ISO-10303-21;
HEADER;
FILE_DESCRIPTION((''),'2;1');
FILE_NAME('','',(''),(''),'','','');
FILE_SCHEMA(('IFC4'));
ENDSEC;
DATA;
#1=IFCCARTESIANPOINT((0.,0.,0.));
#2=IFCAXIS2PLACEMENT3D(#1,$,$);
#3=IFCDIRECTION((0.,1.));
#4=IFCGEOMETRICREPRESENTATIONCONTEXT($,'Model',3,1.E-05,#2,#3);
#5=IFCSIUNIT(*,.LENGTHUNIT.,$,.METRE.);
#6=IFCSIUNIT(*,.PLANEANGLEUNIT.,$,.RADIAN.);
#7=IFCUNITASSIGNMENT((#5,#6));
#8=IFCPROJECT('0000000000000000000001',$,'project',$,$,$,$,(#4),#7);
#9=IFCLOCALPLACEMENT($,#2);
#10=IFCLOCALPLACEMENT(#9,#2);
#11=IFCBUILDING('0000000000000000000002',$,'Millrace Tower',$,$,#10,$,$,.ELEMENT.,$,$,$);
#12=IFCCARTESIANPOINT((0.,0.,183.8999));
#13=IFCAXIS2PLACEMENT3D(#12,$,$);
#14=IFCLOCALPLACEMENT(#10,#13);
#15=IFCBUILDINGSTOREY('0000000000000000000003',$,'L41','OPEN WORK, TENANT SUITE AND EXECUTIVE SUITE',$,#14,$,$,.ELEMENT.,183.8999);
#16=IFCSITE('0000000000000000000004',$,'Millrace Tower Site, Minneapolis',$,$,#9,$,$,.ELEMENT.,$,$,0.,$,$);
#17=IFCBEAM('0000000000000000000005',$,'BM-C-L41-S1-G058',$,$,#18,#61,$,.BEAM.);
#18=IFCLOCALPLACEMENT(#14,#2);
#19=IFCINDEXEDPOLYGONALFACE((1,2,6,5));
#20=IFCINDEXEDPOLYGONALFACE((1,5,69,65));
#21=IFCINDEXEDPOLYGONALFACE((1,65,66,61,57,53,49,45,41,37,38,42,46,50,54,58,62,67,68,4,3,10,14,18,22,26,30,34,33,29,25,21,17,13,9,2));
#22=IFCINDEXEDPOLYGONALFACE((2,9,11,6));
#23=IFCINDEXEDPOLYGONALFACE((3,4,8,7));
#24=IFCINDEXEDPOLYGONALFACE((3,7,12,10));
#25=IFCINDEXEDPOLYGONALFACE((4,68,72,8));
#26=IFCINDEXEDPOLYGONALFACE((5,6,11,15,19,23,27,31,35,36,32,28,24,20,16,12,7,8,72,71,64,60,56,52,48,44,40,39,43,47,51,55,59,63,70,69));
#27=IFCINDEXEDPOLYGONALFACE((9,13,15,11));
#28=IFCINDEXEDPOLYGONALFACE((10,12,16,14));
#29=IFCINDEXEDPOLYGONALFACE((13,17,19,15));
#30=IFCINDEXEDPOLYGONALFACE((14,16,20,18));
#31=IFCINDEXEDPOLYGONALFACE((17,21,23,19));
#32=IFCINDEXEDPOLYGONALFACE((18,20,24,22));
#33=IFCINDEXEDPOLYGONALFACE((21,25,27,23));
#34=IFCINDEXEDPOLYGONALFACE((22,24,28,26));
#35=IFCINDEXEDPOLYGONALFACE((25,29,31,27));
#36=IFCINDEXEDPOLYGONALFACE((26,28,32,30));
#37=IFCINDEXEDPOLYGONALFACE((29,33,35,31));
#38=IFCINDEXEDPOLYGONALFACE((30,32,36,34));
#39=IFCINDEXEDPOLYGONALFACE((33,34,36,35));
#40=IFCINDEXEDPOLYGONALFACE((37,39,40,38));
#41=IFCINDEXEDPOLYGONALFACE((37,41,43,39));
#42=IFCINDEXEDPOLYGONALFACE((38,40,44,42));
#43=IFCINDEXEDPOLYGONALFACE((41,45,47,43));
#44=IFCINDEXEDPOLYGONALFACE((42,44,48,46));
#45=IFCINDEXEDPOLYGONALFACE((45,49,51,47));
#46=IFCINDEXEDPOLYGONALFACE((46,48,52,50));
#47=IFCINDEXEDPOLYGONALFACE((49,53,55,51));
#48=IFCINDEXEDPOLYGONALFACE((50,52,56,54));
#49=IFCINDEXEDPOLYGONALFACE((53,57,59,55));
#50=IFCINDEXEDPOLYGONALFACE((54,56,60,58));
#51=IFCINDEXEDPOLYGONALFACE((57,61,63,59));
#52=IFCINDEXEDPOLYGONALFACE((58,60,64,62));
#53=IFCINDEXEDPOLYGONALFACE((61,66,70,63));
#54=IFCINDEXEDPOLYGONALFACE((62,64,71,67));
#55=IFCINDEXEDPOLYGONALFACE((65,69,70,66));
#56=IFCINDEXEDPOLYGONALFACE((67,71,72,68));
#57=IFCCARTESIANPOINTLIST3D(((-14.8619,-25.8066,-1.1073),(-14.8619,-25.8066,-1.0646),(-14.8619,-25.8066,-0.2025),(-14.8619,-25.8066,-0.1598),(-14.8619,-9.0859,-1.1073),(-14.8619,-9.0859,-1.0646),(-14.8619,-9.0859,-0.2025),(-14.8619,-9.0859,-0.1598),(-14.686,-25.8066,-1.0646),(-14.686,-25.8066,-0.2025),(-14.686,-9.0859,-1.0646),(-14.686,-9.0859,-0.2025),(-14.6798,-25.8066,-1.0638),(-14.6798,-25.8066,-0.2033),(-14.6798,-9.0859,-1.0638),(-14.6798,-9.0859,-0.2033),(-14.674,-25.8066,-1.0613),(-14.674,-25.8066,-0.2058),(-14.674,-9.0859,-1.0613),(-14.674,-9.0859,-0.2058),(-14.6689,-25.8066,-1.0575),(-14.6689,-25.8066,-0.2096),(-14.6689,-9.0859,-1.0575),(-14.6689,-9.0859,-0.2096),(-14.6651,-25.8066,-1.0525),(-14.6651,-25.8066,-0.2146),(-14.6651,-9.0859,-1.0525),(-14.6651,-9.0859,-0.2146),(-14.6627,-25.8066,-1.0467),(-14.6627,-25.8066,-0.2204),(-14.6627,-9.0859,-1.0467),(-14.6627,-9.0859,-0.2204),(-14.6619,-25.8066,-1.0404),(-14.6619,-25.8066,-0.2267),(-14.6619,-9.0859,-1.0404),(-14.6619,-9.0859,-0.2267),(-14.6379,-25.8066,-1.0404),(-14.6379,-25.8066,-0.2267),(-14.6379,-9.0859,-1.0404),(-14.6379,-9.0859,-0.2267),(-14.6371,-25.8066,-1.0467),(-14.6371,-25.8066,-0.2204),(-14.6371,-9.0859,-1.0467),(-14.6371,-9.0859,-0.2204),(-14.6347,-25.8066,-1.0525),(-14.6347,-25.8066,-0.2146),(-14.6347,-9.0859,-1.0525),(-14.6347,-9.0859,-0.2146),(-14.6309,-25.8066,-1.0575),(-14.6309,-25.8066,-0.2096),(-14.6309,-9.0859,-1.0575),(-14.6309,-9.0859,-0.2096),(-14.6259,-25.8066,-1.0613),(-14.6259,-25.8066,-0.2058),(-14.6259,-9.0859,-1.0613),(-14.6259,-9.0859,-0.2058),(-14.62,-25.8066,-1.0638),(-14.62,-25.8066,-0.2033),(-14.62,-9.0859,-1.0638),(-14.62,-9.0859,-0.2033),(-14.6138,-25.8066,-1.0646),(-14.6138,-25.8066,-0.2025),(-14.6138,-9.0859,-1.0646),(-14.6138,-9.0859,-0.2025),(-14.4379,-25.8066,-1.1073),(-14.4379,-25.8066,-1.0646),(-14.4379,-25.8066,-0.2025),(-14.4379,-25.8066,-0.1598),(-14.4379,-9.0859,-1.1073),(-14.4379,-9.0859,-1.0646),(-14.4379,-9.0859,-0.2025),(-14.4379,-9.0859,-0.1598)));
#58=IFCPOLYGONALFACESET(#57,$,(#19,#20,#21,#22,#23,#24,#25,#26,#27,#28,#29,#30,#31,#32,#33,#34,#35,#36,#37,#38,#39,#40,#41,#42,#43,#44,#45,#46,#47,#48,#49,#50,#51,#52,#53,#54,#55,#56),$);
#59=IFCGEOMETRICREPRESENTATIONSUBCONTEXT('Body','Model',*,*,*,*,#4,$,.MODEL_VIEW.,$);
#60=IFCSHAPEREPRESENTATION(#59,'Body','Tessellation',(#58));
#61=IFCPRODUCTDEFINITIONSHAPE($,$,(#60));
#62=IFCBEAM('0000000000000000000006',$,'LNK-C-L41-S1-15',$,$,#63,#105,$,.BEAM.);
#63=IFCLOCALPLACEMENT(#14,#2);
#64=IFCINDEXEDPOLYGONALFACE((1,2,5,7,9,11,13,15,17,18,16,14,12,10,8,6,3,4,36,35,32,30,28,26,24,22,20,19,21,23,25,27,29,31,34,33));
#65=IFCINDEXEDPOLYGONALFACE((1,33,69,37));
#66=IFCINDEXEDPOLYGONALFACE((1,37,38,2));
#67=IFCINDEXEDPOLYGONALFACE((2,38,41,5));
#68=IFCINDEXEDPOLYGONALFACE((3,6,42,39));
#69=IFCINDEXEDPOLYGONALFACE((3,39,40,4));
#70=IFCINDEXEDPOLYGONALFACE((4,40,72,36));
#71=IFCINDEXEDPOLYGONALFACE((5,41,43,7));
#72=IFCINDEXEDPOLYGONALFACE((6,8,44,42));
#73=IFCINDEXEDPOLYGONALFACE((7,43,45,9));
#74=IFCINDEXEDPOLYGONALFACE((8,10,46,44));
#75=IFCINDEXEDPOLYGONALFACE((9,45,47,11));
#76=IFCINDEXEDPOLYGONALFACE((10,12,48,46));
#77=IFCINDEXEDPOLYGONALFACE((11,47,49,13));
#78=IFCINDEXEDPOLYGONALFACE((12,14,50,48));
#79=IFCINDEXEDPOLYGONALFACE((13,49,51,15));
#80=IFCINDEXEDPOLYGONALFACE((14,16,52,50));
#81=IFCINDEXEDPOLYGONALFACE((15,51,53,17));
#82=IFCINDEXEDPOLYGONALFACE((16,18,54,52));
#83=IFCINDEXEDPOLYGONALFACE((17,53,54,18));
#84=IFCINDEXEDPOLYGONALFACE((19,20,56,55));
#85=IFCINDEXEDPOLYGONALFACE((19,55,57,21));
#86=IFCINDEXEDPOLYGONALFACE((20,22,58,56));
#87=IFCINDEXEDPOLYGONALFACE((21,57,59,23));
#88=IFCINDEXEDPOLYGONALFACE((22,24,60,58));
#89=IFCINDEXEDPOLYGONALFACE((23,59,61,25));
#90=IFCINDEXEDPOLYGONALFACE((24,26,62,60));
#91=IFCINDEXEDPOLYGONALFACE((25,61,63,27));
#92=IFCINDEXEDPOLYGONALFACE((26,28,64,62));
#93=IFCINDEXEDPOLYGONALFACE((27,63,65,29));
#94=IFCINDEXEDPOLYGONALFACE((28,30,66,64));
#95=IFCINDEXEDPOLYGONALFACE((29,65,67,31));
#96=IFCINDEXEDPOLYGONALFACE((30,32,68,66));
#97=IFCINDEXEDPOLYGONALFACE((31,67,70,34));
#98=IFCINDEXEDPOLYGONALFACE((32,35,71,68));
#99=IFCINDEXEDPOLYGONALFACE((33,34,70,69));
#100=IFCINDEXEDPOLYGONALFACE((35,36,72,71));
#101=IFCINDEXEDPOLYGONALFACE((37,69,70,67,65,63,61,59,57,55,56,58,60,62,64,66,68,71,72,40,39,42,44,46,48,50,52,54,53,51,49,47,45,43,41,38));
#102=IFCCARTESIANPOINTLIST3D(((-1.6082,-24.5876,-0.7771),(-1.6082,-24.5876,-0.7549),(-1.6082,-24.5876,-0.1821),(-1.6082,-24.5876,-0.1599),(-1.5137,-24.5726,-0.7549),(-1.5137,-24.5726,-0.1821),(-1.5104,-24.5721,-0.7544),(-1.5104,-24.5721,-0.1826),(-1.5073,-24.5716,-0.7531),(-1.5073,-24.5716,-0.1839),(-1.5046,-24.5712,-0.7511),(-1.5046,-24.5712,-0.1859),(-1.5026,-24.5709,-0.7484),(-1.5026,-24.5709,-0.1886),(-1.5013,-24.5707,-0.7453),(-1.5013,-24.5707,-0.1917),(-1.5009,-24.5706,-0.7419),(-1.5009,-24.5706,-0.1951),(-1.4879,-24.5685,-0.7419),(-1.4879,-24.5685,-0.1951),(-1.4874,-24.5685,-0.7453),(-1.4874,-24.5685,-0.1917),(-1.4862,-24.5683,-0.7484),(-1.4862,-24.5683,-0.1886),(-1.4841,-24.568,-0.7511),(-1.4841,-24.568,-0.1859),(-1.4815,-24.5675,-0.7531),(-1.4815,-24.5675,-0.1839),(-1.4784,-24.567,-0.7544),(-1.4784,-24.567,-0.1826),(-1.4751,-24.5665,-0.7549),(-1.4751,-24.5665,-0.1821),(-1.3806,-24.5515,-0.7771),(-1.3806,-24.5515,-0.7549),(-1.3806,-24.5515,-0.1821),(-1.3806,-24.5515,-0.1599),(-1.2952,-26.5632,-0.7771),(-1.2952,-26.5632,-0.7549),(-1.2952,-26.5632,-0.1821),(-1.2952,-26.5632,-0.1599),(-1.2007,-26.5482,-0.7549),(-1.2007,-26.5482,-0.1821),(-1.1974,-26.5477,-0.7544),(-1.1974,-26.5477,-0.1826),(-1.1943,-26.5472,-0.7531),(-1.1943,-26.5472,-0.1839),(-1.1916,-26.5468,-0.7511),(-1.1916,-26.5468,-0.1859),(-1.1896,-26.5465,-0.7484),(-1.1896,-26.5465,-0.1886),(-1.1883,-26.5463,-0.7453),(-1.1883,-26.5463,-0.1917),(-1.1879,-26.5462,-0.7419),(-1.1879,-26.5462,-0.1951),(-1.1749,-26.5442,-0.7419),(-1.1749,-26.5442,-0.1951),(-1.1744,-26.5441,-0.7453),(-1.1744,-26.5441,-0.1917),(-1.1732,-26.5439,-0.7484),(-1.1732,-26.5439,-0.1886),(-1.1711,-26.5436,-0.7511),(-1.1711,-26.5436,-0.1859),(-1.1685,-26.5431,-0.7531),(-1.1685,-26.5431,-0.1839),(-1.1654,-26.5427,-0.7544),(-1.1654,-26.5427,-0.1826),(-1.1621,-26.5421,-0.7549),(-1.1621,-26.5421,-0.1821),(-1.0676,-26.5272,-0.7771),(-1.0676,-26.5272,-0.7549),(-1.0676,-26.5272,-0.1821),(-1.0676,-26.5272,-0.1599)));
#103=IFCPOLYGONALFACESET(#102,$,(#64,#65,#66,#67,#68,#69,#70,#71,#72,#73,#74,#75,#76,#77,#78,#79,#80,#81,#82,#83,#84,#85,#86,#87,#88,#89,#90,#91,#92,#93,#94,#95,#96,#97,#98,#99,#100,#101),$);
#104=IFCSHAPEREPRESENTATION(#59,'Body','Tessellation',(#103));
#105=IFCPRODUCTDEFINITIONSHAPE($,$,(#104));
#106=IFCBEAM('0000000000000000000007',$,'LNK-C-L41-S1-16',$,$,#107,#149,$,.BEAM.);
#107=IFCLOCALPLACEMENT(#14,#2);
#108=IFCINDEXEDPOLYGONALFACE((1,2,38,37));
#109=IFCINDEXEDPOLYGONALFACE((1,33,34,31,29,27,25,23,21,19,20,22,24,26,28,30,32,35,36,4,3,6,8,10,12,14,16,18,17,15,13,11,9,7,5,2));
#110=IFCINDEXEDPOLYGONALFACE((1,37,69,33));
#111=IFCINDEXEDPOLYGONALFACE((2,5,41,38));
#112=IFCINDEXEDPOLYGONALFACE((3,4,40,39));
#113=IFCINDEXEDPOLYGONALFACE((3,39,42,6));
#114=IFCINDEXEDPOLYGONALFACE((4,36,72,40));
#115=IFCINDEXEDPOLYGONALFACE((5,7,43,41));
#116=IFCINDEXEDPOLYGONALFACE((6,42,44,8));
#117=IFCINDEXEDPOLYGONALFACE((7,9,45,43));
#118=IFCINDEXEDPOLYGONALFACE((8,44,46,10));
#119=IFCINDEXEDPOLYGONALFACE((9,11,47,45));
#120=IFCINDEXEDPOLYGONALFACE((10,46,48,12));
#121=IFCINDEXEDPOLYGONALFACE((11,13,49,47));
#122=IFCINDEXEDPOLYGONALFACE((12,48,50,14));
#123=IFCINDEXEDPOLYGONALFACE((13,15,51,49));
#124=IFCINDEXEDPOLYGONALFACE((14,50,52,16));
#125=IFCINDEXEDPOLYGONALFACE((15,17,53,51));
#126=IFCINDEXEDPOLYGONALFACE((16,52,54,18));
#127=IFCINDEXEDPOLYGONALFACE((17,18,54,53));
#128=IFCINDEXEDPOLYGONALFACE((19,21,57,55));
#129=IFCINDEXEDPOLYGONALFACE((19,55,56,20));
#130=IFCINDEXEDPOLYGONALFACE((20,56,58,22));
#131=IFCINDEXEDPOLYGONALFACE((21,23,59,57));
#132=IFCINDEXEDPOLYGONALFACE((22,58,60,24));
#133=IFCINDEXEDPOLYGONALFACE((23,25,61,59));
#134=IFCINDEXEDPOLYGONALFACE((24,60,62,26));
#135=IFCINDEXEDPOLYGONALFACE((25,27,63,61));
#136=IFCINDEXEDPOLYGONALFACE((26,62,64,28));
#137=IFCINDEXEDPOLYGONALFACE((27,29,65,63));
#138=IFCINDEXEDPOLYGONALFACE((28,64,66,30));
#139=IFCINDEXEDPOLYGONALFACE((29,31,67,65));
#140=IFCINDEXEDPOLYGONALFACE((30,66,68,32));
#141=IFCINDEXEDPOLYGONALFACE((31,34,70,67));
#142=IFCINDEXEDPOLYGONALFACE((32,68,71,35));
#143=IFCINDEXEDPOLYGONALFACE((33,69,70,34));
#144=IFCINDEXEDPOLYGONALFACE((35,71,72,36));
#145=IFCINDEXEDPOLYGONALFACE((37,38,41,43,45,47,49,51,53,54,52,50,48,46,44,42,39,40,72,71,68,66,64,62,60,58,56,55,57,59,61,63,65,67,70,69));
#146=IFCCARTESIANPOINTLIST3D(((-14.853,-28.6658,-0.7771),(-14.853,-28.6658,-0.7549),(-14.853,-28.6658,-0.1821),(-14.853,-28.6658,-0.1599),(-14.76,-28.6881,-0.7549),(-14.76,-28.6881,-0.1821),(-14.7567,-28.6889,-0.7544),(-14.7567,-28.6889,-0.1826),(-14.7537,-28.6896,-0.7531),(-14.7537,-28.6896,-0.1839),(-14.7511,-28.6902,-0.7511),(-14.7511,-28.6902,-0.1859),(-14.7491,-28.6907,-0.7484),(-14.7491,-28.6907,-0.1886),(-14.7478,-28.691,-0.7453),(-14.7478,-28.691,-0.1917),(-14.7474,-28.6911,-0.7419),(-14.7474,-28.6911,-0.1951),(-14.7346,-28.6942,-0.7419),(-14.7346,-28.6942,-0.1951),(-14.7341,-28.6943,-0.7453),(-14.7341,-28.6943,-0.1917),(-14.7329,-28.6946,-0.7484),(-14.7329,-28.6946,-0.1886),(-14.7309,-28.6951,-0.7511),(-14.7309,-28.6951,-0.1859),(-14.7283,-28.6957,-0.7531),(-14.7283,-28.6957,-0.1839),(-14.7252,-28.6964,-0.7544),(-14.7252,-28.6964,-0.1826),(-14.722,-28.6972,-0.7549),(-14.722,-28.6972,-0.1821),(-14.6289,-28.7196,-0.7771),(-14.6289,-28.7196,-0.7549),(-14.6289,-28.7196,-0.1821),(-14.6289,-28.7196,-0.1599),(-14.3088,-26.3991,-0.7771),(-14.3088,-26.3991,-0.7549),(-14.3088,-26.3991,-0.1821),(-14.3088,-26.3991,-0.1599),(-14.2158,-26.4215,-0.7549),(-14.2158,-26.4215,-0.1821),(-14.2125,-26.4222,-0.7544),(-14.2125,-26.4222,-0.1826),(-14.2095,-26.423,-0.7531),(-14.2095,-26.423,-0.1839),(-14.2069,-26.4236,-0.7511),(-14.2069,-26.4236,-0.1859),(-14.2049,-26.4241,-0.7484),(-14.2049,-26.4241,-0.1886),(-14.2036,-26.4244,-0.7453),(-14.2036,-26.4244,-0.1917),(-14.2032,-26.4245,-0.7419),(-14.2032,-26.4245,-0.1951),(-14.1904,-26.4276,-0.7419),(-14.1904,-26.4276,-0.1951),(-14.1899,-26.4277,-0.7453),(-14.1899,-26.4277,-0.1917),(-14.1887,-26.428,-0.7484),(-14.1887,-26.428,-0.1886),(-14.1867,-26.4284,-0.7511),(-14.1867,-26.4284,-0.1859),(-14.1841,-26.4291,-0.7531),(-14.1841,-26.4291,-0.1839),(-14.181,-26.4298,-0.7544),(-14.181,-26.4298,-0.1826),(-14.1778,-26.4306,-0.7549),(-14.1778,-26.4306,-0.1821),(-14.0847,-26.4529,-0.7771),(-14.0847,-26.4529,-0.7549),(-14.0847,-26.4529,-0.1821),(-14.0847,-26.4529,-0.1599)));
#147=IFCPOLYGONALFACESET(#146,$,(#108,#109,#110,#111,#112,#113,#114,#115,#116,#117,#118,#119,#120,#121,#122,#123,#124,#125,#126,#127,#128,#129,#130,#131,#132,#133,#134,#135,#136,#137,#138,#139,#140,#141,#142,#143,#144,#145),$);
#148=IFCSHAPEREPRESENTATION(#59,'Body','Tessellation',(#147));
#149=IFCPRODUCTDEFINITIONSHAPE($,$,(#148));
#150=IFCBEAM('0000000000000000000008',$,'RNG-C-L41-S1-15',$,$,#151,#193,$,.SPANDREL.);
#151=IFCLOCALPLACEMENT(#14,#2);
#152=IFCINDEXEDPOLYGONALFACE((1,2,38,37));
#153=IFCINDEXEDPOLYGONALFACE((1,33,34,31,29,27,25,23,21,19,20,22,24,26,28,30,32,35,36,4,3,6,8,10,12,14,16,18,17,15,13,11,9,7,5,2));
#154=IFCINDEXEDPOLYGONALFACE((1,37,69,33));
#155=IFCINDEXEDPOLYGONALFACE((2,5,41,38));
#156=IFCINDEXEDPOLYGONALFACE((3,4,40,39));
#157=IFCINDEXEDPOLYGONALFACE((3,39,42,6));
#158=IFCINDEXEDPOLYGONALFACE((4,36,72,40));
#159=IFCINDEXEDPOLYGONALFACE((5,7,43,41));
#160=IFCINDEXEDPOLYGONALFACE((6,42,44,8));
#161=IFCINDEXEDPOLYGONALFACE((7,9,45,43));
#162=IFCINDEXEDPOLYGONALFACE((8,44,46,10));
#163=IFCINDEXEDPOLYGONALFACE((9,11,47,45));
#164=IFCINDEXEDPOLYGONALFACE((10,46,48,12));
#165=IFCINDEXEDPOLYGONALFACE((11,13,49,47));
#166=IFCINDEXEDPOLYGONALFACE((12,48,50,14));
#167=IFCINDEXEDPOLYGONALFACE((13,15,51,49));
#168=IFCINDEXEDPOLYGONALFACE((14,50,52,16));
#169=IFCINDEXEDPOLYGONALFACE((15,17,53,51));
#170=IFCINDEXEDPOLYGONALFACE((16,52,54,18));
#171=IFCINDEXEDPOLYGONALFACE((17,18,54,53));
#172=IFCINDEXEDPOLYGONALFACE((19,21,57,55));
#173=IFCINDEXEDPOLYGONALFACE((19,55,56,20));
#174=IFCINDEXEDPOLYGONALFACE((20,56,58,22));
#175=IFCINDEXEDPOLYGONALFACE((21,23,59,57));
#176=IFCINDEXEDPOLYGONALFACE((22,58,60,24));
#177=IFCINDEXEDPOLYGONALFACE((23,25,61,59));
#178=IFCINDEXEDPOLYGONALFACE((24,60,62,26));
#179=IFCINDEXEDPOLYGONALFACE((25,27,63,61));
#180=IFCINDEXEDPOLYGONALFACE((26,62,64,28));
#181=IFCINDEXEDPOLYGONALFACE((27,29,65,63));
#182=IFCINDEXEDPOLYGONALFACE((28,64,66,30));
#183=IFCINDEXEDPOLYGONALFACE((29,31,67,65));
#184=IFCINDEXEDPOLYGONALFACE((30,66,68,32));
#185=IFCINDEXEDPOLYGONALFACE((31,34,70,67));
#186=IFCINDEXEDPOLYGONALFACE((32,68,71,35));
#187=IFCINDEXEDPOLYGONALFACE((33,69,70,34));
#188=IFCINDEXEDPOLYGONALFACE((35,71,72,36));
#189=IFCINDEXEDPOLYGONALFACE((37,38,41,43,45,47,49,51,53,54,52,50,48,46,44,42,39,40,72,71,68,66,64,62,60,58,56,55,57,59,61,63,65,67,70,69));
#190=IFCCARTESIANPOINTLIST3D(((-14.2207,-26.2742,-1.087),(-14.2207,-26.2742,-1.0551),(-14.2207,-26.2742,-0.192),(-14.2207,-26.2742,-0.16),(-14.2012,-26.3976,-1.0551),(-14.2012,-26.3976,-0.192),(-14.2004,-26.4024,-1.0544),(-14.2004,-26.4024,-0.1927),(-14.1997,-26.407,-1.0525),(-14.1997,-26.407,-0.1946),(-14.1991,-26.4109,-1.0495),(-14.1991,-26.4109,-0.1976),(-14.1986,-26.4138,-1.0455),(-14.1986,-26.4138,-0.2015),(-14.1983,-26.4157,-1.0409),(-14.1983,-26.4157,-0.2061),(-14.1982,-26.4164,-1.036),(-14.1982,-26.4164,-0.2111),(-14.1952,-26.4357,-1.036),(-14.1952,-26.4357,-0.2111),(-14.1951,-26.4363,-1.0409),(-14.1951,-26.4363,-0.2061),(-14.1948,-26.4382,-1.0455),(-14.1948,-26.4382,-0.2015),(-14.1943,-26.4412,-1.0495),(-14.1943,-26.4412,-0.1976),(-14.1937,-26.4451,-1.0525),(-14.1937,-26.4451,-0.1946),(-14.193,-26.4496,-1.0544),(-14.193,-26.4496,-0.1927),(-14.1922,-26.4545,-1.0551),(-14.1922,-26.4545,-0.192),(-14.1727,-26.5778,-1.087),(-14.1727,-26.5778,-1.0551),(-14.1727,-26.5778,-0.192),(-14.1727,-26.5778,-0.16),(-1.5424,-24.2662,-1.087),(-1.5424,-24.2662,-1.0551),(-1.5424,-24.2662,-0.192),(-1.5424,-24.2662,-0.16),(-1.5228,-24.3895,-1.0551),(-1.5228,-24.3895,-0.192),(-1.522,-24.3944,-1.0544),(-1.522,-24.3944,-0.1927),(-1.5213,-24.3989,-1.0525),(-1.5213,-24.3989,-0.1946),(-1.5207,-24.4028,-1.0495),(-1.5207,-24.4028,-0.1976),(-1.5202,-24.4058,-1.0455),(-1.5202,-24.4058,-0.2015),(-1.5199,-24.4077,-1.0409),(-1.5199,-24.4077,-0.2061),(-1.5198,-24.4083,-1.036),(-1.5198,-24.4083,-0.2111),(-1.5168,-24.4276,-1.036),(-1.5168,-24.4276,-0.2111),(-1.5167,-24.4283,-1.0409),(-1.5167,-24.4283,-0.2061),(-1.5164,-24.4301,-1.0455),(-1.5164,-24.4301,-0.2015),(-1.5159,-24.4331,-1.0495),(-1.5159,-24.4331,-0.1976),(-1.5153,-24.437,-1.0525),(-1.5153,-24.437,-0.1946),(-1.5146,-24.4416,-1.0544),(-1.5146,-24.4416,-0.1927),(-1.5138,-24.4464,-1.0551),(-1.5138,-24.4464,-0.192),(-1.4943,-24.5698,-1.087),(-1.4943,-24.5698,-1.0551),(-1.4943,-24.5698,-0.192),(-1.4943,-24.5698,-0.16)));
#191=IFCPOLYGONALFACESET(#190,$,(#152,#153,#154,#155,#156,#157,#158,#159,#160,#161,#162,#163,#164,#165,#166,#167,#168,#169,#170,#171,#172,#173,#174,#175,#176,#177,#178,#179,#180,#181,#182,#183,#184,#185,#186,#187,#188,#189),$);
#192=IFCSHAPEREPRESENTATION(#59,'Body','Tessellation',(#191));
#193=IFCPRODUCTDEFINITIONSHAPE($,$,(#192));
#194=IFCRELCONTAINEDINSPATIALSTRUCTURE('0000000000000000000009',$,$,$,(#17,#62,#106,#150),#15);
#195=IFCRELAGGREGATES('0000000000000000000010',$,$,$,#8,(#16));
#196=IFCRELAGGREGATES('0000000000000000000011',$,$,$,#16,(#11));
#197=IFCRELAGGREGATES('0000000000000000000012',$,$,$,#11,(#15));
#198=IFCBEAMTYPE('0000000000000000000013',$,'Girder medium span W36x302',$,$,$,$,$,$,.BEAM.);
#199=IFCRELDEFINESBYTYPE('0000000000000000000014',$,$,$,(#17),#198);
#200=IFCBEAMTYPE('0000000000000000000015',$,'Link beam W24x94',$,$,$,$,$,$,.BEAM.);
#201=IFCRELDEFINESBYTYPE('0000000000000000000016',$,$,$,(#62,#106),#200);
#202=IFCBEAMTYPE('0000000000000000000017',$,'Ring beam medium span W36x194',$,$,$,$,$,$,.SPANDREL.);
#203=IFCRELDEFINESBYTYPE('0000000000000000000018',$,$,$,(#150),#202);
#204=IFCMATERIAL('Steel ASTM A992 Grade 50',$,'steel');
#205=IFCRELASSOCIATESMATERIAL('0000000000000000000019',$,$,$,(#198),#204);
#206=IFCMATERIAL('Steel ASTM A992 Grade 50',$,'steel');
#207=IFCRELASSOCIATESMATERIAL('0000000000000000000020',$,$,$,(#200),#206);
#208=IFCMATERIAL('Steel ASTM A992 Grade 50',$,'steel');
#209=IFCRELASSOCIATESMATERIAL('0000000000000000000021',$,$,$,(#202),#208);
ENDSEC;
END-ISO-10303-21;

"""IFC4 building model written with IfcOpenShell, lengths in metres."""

from ifc_helpers import new_model, si_unit, direction, frame, origin, origin_2d, place, context, subcontext, project, spatial, i_section, extrude, material, material_profile, profile_set, type_object, element, save


model = new_model("IFC4")

# Units and contexts
model_context = context("Model", 3, precision=1e-05, world=origin(), true_north=direction((0.0, 1.0)))
body_context = subcontext(model_context, "Body", "Model", "MODEL_VIEW")
ifc_project = project(units=[si_unit("LENGTHUNIT", "METRE"), si_unit("PLANEANGLEUNIT", "RADIAN")], contexts=[model_context])

# Site, building, storey
site_placement = place(None, origin())
site = spatial("IfcSite", under=ifc_project, at=site_placement, Name="Millrace Tower Site, Minneapolis", CompositionType="ELEMENT", RefElevation=0.0)
building_placement = place(site_placement, origin())
building = spatial("IfcBuilding", under=site, at=building_placement, Name="Millrace Tower", CompositionType="ELEMENT")
storey_placement = place(building_placement, frame((0.0, 0.0, 183.8999)))
storey = spatial("IfcBuildingStorey", under=building, at=storey_placement, Name="L41", Description="OPEN WORK, TENANT SUITE AND EXECUTIVE SUITE", CompositionType="ELEMENT", Elevation=183.8999)

# Beams
ifc_material_1 = material(Name="Steel ASTM A992 Grade 50", Category="steel")
ifc_material_profile_1 = material_profile(ifc_material_1, i_section(OverallWidth=0.4241, OverallDepth=0.9475, WebThickness=0.0239, FlangeThickness=0.0427, FilletRadius=0.0242, at=origin_2d()))
ifc_profile_set_1 = profile_set([ifc_material_profile_1], Name="Steel ASTM A992 Grade 50")
beam_type_1 = type_object("IfcBeamType", Name="Girder medium span W36x302", PredefinedType="BEAM", material=ifc_profile_set_1)
beam_1_placement = place(storey_placement, frame((-14.6499, -25.8066, -0.6335), z_axis=(0.0, 1.0, 0.0), x_axis=(-1.0, 0.0, 0.0)))
element("IfcBeam", 1, at=beam_1_placement, inside=storey, type_object=beam_type_1, Name="BM-C-L41-S1-G058", PredefinedType="BEAM", context=body_context, shape_type="SweptSolid", body=[
    extrude(i_section(OverallWidth=0.4241, OverallDepth=0.9475, WebThickness=0.0239, FlangeThickness=0.0427, FilletRadius=0.0242, at=origin_2d()), origin(), (0.0, 0.0, 1.0), 16.7207),
])
ifc_material_2 = material(Name="Steel ASTM A992 Grade 50", Category="steel")
ifc_material_profile_2 = material_profile(ifc_material_2, i_section(OverallWidth=0.2305, OverallDepth=0.6172, WebThickness=0.0132, FlangeThickness=0.0222, FilletRadius=0.0129, at=origin_2d()))
ifc_profile_set_2 = profile_set([ifc_material_profile_2], Name="Steel ASTM A992 Grade 50")
beam_type_2 = type_object("IfcBeamType", Name="Link beam W24x94", PredefinedType="BEAM", material=ifc_profile_set_2)
beam_2_placement = place(storey_placement, frame((-1.4944, -24.5696, -0.4685), z_axis=(0.156477, -0.987682, 0.0), x_axis=(0.987682, 0.156477, 0.0)))
element("IfcBeam", 2, at=beam_2_placement, inside=storey, type_object=beam_type_2, Name="LNK-C-L41-S1-15", PredefinedType="BEAM", context=body_context, shape_type="SweptSolid", body=[
    extrude(i_section(OverallWidth=0.2305, OverallDepth=0.6172, WebThickness=0.0132, FlangeThickness=0.0222, FilletRadius=0.0129, at=origin_2d()), origin(), (0.0, 0.0, 1.0), 2.0002),
])
beam_3_placement = place(storey_placement, frame((-14.1968, -26.426, -0.4685), z_axis=(-0.233456, -0.972367, 0.0), x_axis=(0.972367, -0.233456, 0.0)))
element("IfcBeam", 3, at=beam_3_placement, inside=storey, type_object=beam_type_2, Name="LNK-C-L41-S1-16", PredefinedType="BEAM", context=body_context, shape_type="SweptSolid", body=[
    extrude(i_section(OverallWidth=0.2305, OverallDepth=0.6172, WebThickness=0.0132, FlangeThickness=0.0222, FilletRadius=0.0129, at=origin_2d()), origin(), (0.0, 0.0, 1.0), 2.3311),
])
ifc_material_3 = material(Name="Steel ASTM A992 Grade 50", Category="steel")
ifc_material_profile_3 = material_profile(ifc_material_3, i_section(OverallWidth=0.3074, OverallDepth=0.927, WebThickness=0.0195, FlangeThickness=0.032, FilletRadius=0.019, at=origin_2d()))
ifc_profile_set_3 = profile_set([ifc_material_profile_3], Name="Steel ASTM A992 Grade 50")
beam_type_3 = type_object("IfcBeamType", Name="Ring beam medium span W36x194", PredefinedType="SPANDREL", material=ifc_profile_set_3)
beam_4_placement = place(storey_placement, frame((-1.5183, -24.418, -0.6235), z_axis=(-0.987689, -0.156433, 0.0), x_axis=(0.156433, -0.987689, 0.0)))
element("IfcBeam", 4, at=beam_4_placement, inside=storey, type_object=beam_type_3, Name="RNG-C-L41-S1-15", PredefinedType="SPANDREL", context=body_context, shape_type="SweptSolid", body=[
    extrude(i_section(OverallWidth=0.3074, OverallDepth=0.927, WebThickness=0.0195, FlangeThickness=0.032, FilletRadius=0.019, at=origin_2d()), origin(), (0.0, 0.0, 1.0), 12.8364),
])

save(model, "model.ifc")
